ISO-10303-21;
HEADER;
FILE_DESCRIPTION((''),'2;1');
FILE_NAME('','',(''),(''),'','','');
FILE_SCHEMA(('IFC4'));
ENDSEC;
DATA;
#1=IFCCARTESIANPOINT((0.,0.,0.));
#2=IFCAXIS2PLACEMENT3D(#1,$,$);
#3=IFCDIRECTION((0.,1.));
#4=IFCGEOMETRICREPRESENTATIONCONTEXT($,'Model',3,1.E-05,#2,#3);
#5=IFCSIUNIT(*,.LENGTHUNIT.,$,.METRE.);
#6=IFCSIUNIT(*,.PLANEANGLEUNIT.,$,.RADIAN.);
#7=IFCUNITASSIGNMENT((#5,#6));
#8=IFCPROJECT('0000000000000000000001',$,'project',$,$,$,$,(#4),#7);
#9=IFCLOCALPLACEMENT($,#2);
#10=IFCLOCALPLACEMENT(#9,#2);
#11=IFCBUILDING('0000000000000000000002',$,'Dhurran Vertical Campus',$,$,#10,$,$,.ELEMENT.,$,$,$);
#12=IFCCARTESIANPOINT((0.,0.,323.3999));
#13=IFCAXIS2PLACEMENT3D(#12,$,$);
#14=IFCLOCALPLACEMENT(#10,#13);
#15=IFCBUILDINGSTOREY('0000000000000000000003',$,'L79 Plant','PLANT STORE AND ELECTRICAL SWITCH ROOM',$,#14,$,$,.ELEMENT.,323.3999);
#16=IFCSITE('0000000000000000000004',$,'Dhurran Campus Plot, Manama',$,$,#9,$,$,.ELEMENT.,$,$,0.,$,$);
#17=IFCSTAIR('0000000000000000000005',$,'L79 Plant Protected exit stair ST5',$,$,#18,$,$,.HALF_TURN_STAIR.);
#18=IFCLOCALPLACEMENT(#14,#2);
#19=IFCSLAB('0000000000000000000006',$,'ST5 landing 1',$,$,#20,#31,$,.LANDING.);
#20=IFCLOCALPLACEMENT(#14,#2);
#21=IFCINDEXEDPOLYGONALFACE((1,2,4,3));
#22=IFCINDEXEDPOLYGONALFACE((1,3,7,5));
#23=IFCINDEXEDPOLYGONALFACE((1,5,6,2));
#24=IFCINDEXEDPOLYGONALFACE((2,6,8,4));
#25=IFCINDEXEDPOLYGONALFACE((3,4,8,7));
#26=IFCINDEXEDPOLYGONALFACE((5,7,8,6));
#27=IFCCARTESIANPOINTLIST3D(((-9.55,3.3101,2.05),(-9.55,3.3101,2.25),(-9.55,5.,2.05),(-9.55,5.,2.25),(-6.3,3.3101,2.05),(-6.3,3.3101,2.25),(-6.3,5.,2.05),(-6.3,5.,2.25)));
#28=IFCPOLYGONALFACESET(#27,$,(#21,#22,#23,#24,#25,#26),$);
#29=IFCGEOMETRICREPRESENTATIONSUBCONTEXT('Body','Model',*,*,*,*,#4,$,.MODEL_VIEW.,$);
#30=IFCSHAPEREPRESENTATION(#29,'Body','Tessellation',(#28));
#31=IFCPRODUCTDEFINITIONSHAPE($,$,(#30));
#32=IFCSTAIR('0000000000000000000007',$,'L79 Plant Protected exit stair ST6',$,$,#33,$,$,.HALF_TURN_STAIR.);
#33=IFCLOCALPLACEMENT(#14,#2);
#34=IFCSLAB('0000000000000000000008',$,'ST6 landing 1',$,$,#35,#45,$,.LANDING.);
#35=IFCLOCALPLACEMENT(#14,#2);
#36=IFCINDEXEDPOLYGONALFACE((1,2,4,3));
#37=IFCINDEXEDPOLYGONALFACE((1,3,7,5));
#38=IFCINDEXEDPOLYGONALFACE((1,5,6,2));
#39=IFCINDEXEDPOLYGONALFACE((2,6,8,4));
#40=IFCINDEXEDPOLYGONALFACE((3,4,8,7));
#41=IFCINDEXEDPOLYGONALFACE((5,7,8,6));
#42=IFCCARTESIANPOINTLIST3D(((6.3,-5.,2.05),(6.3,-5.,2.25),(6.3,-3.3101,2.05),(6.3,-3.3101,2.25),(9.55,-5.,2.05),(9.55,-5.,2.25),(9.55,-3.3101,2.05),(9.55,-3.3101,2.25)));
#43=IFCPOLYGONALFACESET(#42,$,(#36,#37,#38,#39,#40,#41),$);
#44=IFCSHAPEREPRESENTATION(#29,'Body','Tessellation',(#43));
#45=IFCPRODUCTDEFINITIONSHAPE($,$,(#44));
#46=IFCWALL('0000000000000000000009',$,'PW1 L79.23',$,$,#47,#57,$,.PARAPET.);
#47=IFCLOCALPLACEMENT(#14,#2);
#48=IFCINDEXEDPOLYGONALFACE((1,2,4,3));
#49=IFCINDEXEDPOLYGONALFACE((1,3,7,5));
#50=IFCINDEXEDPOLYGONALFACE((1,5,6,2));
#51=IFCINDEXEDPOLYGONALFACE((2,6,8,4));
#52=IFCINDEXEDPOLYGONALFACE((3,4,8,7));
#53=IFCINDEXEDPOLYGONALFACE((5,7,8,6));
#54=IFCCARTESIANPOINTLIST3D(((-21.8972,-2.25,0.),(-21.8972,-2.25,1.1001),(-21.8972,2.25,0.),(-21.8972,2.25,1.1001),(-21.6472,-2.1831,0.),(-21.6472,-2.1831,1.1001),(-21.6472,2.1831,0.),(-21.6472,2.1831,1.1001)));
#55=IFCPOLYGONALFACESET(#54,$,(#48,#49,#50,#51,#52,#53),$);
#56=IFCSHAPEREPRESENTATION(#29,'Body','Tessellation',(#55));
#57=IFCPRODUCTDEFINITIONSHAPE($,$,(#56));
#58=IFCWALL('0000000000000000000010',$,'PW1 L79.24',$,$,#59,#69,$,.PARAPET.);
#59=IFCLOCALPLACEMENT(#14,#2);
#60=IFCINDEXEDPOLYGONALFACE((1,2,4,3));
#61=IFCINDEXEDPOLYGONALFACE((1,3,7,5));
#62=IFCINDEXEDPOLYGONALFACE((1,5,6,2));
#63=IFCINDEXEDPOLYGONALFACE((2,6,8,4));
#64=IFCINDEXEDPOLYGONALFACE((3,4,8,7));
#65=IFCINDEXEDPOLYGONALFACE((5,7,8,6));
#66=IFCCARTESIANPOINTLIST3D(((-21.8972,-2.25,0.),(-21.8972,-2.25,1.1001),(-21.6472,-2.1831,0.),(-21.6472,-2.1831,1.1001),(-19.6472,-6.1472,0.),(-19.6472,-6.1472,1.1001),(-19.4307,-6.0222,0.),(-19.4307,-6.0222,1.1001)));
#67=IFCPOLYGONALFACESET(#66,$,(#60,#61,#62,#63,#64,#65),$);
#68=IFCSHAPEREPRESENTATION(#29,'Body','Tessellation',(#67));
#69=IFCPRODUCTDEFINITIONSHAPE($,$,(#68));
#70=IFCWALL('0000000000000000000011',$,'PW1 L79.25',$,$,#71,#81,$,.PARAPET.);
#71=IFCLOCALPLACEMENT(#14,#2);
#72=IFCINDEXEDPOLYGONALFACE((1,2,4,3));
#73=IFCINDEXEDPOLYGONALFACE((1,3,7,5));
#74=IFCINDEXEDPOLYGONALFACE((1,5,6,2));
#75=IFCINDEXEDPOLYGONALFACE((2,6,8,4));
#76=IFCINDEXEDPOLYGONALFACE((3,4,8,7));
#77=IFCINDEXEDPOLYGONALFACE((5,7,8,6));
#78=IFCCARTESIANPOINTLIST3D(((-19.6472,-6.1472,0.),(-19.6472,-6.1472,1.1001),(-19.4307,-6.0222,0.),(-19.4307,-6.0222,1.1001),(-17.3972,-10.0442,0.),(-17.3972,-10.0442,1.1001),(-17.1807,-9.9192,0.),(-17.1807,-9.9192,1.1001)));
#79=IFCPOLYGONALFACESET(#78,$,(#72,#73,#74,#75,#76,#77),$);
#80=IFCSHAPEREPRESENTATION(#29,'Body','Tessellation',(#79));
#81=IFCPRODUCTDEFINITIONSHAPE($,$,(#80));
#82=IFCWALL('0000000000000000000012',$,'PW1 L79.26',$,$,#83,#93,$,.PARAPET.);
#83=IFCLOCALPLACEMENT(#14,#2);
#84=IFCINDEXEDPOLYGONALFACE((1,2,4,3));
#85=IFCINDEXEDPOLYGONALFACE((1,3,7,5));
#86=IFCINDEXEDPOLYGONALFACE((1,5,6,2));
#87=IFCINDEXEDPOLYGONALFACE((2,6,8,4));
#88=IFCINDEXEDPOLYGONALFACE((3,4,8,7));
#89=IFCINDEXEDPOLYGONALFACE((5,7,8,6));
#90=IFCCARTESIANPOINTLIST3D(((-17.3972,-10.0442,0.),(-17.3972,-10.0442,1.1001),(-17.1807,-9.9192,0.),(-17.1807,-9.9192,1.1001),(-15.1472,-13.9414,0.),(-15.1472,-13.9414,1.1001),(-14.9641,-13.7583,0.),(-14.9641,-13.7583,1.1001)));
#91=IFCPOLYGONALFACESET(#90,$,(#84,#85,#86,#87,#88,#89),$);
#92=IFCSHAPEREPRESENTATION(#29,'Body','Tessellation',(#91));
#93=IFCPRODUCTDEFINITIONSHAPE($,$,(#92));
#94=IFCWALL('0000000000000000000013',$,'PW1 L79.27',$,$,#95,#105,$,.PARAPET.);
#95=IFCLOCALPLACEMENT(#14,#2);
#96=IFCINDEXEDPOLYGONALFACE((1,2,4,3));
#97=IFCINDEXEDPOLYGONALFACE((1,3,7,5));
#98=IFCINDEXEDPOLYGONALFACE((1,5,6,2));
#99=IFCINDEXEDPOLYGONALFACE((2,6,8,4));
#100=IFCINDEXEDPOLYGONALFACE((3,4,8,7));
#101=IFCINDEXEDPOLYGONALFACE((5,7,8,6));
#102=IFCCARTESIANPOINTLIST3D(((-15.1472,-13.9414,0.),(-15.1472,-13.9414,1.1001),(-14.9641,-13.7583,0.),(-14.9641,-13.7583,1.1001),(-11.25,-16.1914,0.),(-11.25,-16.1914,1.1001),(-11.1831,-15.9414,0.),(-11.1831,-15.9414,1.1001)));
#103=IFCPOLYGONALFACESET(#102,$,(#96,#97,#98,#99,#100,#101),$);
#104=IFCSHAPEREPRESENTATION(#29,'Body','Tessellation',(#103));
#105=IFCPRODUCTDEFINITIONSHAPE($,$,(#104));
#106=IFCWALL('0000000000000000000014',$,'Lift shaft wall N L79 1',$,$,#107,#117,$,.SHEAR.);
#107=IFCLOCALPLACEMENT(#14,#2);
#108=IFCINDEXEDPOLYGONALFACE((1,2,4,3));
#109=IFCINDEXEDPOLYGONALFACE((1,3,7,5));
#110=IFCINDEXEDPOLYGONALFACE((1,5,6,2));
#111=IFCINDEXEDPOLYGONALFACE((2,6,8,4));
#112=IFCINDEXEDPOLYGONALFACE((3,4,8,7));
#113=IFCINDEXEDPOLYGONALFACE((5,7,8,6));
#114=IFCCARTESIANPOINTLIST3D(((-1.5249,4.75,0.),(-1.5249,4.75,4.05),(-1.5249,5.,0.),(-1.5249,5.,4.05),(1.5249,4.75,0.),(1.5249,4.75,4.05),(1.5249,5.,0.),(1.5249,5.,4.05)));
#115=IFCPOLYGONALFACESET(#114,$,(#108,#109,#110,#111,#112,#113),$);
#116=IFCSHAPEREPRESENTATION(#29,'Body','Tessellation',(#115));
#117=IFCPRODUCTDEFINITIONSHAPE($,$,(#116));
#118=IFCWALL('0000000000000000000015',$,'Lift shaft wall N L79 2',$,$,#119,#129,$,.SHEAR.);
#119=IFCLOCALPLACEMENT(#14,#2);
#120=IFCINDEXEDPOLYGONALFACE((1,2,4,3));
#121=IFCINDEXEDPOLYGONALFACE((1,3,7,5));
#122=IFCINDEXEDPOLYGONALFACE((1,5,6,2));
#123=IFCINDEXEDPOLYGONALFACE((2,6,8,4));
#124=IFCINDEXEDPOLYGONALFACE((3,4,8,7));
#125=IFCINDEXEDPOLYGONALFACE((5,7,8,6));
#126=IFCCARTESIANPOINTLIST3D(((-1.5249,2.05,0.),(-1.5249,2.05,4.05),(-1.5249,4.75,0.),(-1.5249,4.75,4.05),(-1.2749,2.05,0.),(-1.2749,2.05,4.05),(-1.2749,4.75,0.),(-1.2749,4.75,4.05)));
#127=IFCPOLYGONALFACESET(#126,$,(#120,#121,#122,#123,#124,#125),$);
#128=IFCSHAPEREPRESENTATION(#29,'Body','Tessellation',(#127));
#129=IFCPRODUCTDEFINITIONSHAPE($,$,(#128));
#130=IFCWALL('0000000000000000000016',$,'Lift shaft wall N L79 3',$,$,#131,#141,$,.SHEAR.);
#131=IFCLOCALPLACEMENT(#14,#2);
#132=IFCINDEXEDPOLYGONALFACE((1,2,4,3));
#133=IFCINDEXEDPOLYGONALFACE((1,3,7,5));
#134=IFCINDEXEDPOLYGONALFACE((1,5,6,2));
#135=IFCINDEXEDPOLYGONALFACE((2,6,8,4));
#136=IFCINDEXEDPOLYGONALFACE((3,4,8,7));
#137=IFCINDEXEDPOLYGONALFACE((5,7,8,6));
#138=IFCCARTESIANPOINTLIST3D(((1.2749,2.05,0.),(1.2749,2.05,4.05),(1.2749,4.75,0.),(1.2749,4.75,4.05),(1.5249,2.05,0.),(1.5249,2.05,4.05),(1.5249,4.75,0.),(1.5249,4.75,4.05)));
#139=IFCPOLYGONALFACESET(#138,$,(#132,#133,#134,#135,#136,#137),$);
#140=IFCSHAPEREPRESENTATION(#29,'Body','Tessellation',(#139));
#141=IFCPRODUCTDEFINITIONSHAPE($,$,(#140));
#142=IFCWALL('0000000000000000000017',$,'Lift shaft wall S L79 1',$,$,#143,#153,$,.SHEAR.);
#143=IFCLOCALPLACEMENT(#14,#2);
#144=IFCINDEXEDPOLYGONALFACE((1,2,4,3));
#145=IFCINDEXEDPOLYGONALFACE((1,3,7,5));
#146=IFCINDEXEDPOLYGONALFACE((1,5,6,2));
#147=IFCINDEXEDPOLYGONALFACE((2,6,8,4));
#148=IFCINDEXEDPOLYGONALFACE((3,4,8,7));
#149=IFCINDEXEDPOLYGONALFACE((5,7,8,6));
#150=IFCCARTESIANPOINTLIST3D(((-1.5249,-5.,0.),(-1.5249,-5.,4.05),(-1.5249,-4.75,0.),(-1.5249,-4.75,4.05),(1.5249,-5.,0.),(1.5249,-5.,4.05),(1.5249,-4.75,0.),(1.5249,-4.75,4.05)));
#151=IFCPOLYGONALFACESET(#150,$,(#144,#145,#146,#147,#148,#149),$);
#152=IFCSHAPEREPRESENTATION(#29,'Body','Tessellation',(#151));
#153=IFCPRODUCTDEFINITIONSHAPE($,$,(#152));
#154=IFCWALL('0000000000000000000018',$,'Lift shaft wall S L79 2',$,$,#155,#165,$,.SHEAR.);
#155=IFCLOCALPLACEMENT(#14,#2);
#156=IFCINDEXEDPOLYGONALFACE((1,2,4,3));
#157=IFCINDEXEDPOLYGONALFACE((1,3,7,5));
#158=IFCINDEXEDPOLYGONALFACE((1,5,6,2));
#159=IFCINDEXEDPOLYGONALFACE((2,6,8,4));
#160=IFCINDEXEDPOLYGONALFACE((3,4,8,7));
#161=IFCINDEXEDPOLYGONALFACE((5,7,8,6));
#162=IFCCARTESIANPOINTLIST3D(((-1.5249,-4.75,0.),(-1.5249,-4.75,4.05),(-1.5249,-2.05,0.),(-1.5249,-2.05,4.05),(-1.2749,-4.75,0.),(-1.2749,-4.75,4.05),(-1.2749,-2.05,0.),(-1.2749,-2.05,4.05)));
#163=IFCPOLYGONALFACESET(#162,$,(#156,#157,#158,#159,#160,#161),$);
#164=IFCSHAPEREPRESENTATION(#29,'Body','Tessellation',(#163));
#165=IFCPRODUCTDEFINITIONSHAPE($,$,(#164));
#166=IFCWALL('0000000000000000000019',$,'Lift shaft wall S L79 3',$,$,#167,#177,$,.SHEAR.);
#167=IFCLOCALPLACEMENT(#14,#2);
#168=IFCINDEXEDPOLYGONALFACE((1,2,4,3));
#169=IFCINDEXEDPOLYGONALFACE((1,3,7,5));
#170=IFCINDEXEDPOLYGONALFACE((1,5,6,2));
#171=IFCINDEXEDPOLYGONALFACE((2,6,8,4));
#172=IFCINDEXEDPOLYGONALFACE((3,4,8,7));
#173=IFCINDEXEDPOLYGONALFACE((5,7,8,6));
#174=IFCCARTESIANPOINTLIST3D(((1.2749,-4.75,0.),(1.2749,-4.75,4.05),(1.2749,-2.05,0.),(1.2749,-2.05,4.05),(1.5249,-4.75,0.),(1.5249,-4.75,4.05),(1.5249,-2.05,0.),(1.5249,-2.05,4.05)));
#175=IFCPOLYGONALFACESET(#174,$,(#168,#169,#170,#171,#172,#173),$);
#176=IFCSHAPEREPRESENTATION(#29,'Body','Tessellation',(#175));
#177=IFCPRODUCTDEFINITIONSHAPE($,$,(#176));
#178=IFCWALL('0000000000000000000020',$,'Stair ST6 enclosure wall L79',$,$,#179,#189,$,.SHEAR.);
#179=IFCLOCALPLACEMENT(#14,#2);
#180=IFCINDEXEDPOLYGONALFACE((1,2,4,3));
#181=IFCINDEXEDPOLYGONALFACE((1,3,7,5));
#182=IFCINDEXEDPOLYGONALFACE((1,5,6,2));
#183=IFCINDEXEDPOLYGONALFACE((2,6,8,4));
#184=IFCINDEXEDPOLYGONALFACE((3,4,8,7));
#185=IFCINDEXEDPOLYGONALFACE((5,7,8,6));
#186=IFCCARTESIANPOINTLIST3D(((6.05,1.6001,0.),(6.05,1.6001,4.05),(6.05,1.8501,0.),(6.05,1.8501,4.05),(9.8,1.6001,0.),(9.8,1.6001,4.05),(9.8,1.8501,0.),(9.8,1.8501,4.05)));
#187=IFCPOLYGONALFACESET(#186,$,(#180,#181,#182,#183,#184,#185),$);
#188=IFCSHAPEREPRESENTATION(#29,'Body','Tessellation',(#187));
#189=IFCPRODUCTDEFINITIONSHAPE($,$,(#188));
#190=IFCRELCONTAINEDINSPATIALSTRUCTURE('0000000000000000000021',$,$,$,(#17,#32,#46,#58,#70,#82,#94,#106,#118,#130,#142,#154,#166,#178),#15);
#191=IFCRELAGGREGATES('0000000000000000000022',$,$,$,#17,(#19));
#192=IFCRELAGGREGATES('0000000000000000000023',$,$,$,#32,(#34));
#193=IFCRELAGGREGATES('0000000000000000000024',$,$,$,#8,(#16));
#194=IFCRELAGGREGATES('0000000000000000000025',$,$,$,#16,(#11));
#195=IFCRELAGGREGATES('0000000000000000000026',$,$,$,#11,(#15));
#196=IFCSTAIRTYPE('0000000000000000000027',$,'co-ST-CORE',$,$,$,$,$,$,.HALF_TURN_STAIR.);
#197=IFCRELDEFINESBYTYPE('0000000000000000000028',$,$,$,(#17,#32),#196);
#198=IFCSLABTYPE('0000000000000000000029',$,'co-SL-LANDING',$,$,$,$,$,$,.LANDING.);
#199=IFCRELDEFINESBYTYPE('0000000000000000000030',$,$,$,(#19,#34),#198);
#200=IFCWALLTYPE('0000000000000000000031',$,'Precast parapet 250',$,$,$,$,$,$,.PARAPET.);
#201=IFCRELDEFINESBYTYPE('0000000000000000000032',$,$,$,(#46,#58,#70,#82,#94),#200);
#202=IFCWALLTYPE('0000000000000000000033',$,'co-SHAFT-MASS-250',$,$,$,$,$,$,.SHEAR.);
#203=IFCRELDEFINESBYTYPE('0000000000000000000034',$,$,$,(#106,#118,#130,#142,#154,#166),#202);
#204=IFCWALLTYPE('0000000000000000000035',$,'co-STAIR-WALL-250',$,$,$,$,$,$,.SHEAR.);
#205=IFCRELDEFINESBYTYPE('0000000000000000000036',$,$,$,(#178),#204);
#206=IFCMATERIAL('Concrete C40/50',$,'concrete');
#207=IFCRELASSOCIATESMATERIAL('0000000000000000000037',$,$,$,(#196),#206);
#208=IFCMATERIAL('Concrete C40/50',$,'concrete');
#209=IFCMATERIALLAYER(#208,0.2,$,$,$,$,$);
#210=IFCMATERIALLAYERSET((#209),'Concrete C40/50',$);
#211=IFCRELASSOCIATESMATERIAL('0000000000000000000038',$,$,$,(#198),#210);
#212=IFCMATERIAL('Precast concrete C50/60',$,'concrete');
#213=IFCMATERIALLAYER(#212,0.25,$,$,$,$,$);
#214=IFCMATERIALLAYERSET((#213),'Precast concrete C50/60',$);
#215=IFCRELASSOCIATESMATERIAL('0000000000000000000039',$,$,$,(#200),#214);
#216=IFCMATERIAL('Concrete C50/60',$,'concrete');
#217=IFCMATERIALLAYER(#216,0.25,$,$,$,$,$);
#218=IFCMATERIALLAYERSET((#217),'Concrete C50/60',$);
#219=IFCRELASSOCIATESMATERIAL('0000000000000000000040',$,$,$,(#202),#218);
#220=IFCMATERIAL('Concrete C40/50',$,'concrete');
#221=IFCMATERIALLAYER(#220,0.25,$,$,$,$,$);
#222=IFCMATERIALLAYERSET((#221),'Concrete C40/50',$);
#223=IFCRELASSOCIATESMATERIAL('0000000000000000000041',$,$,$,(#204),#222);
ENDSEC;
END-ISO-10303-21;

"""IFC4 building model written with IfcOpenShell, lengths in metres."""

from ifc_helpers import new_model, si_unit, direction, frame, frame_2d, origin, place, context, subcontext, project, spatial, polyline, rectangle, outline, extrude, material, layer, layer_set, type_object, element, aggregate, save


model = new_model("IFC4")

# Units and contexts
model_context = context("Model", 3, precision=1e-05, world=origin(), true_north=direction((0.0, 1.0)))
body_context = subcontext(model_context, "Body", "Model", "MODEL_VIEW")
ifc_project = project(units=[si_unit("LENGTHUNIT", "METRE"), si_unit("PLANEANGLEUNIT", "RADIAN")], contexts=[model_context])

# Site, building, storey
site_placement = place(None, origin())
site = spatial("IfcSite", under=ifc_project, at=site_placement, Name="Dhurran Campus Plot, Manama", CompositionType="ELEMENT", RefElevation=0.0)
building_placement = place(site_placement, origin())
building = spatial("IfcBuilding", under=site, at=building_placement, Name="Dhurran Vertical Campus", CompositionType="ELEMENT")
storey_placement = place(building_placement, frame((0.0, 0.0, 323.3999)))
storey = spatial("IfcBuildingStorey", under=building, at=storey_placement, Name="L79 Plant", Description="PLANT STORE AND ELECTRICAL SWITCH ROOM", CompositionType="ELEMENT", Elevation=323.3999)

# Stairs, slabs
ifc_material_1 = material(Name="Concrete C40/50", Category="concrete")
stair_type = type_object("IfcStairType", Name="co-ST-CORE", PredefinedType="HALF_TURN_STAIR", material=ifc_material_1)
stair_1_placement = place(storey_placement, origin())
stair_1 = element("IfcStair", 1, at=stair_1_placement, inside=storey, type_object=stair_type, Name="L79 Plant Protected exit stair ST5", PredefinedType="HALF_TURN_STAIR")
ifc_material_2 = material(Name="Concrete C40/50", Category="concrete")
ifc_layer_1 = layer(ifc_material_2, 0.2)
ifc_layer_set_1 = layer_set([ifc_layer_1], Name="Concrete C40/50")
slab_type = type_object("IfcSlabType", Name="co-SL-LANDING", PredefinedType="LANDING", material=ifc_layer_set_1)
slab_1_placement = place(storey_placement, frame((0.0, 0.0, 2.05)))
slab_1 = element("IfcSlab", 2, at=slab_1_placement, type_object=slab_type, Name="ST5 landing 1", PredefinedType="LANDING", context=body_context, shape_type="SweptSolid", body=[
    extrude(outline(polyline([(-6.3, 3.3101), (-6.3, 5.0), (-9.55, 5.0), (-9.55, 3.3101), (-6.3, 3.3101)])), origin(), (0.0, 0.0, 1.0), 0.2),
])
aggregate(stair_1, [slab_1])
stair_2_placement = place(storey_placement, origin())
stair_2 = element("IfcStair", 3, at=stair_2_placement, inside=storey, type_object=stair_type, Name="L79 Plant Protected exit stair ST6", PredefinedType="HALF_TURN_STAIR")
slab_2_placement = place(storey_placement, frame((0.0, 0.0, 2.05)))
slab_2 = element("IfcSlab", 4, at=slab_2_placement, type_object=slab_type, Name="ST6 landing 1", PredefinedType="LANDING", context=body_context, shape_type="SweptSolid", body=[
    extrude(outline(polyline([(6.3, -3.3101), (6.3, -5.0), (9.55, -5.0), (9.55, -3.3101), (6.3, -3.3101)])), origin(), (0.0, 0.0, 1.0), 0.2),
])

# Walls
ifc_material_3 = material(Name="Precast concrete C50/60", Category="concrete")
ifc_layer_2 = layer(ifc_material_3, 0.25)
ifc_layer_set_2 = layer_set([ifc_layer_2], Name="Precast concrete C50/60")
wall_type_1 = type_object("IfcWallType", Name="Precast parapet 250", PredefinedType="PARAPET", material=ifc_layer_set_2)
wall_1_placement = place(storey_placement, origin())
element("IfcWall", 5, at=wall_1_placement, inside=storey, type_object=wall_type_1, Name="PW1 L79.23", PredefinedType="PARAPET", context=body_context, shape_type="SweptSolid", body=[
    extrude(outline(polyline([(-21.8972, 2.25), (-21.8972, -2.25), (-21.6472, -2.1831), (-21.6472, 2.1831), (-21.8972, 2.25)])), origin(), (0.0, 0.0, 1.0), 1.1001),
])
wall_2_placement = place(storey_placement, origin())
element("IfcWall", 6, at=wall_2_placement, inside=storey, type_object=wall_type_1, Name="PW1 L79.24", PredefinedType="PARAPET", context=body_context, shape_type="SweptSolid", body=[
    extrude(outline(polyline([(-21.8972, -2.25), (-19.6472, -6.1472), (-19.4307, -6.0222), (-21.6472, -2.1831), (-21.8972, -2.25)])), origin(), (0.0, 0.0, 1.0), 1.1001),
])
wall_3_placement = place(storey_placement, origin())
element("IfcWall", 7, at=wall_3_placement, inside=storey, type_object=wall_type_1, Name="PW1 L79.25", PredefinedType="PARAPET", context=body_context, shape_type="SweptSolid", body=[
    extrude(outline(polyline([(-19.6472, -6.1472), (-17.3972, -10.0442), (-17.1807, -9.9192), (-19.4307, -6.0222), (-19.6472, -6.1472)])), origin(), (0.0, 0.0, 1.0), 1.1001),
])
wall_4_placement = place(storey_placement, origin())
element("IfcWall", 8, at=wall_4_placement, inside=storey, type_object=wall_type_1, Name="PW1 L79.26", PredefinedType="PARAPET", context=body_context, shape_type="SweptSolid", body=[
    extrude(outline(polyline([(-17.3972, -10.0442), (-15.1472, -13.9414), (-14.9641, -13.7583), (-17.1807, -9.9192), (-17.3972, -10.0442)])), origin(), (0.0, 0.0, 1.0), 1.1001),
])
wall_5_placement = place(storey_placement, origin())
element("IfcWall", 9, at=wall_5_placement, inside=storey, type_object=wall_type_1, Name="PW1 L79.27", PredefinedType="PARAPET", context=body_context, shape_type="SweptSolid", body=[
    extrude(outline(polyline([(-15.1472, -13.9414), (-11.25, -16.1914), (-11.1831, -15.9414), (-14.9641, -13.7583), (-15.1472, -13.9414)])), origin(), (0.0, 0.0, 1.0), 1.1001),
])
ifc_material_4 = material(Name="Concrete C50/60", Category="concrete")
ifc_layer_3 = layer(ifc_material_4, 0.25)
ifc_layer_set_3 = layer_set([ifc_layer_3], Name="Concrete C50/60")
wall_type_2 = type_object("IfcWallType", Name="co-SHAFT-MASS-250", PredefinedType="SHEAR", material=ifc_layer_set_3)
wall_6_placement = place(storey_placement, origin())
element("IfcWall", 10, at=wall_6_placement, inside=storey, type_object=wall_type_2, Name="Lift shaft wall N L79 1", PredefinedType="SHEAR", context=body_context, shape_type="SweptSolid", body=[
    extrude(outline(polyline([(-1.5249, 4.75), (1.5249, 4.75), (1.5249, 5.0), (-1.5249, 5.0), (-1.5249, 4.75)])), origin(), (0.0, 0.0, 1.0), 4.05),
])
wall_7_placement = place(storey_placement, origin())
element("IfcWall", 11, at=wall_7_placement, inside=storey, type_object=wall_type_2, Name="Lift shaft wall N L79 2", PredefinedType="SHEAR", context=body_context, shape_type="SweptSolid", body=[
    extrude(outline(polyline([(-1.5249, 2.05), (-1.2749, 2.05), (-1.2749, 4.75), (-1.5249, 4.75), (-1.5249, 2.05)])), origin(), (0.0, 0.0, 1.0), 4.05),
])
wall_8_placement = place(storey_placement, origin())
element("IfcWall", 12, at=wall_8_placement, inside=storey, type_object=wall_type_2, Name="Lift shaft wall N L79 3", PredefinedType="SHEAR", context=body_context, shape_type="SweptSolid", body=[
    extrude(outline(polyline([(1.2749, 2.05), (1.5249, 2.05), (1.5249, 4.75), (1.2749, 4.75), (1.2749, 2.05)])), origin(), (0.0, 0.0, 1.0), 4.05),
])
wall_9_placement = place(storey_placement, origin())
element("IfcWall", 13, at=wall_9_placement, inside=storey, type_object=wall_type_2, Name="Lift shaft wall S L79 1", PredefinedType="SHEAR", context=body_context, shape_type="SweptSolid", body=[
    extrude(outline(polyline([(-1.5249, -5.0), (1.5249, -5.0), (1.5249, -4.75), (-1.5249, -4.75), (-1.5249, -5.0)])), origin(), (0.0, 0.0, 1.0), 4.05),
])
wall_10_placement = place(storey_placement, origin())
element("IfcWall", 14, at=wall_10_placement, inside=storey, type_object=wall_type_2, Name="Lift shaft wall S L79 2", PredefinedType="SHEAR", context=body_context, shape_type="SweptSolid", body=[
    extrude(outline(polyline([(-1.5249, -4.75), (-1.2749, -4.75), (-1.2749, -2.05), (-1.5249, -2.05), (-1.5249, -4.75)])), origin(), (0.0, 0.0, 1.0), 4.05),
])
wall_11_placement = place(storey_placement, origin())
element("IfcWall", 15, at=wall_11_placement, inside=storey, type_object=wall_type_2, Name="Lift shaft wall S L79 3", PredefinedType="SHEAR", context=body_context, shape_type="SweptSolid", body=[
    extrude(outline(polyline([(1.2749, -4.75), (1.5249, -4.75), (1.5249, -2.05), (1.2749, -2.05), (1.2749, -4.75)])), origin(), (0.0, 0.0, 1.0), 4.05),
])
ifc_material_5 = material(Name="Concrete C40/50", Category="concrete")
ifc_layer_4 = layer(ifc_material_5, 0.25)
ifc_layer_set_4 = layer_set([ifc_layer_4], Name="Concrete C40/50")
wall_type_3 = type_object("IfcWallType", Name="co-STAIR-WALL-250", PredefinedType="SHEAR", material=ifc_layer_set_4)
wall_12_placement = place(storey_placement, frame((6.05, 1.7251, 0.0), z_axis=(0.0, 0.0, 1.0), x_axis=(1.0, 0.0, 0.0)))
element("IfcWall", 16, at=wall_12_placement, inside=storey, type_object=wall_type_3, Name="Stair ST6 enclosure wall L79", PredefinedType="SHEAR", context=body_context, shape_type="SweptSolid", body=[
    extrude(rectangle(XDim=3.75, YDim=0.25, at=frame_2d((1.875, 0.0))), origin(), (0.0, 0.0, 1.0), 4.05),
])

aggregate(stair_2, [slab_2])

save(model, "model.ifc")
